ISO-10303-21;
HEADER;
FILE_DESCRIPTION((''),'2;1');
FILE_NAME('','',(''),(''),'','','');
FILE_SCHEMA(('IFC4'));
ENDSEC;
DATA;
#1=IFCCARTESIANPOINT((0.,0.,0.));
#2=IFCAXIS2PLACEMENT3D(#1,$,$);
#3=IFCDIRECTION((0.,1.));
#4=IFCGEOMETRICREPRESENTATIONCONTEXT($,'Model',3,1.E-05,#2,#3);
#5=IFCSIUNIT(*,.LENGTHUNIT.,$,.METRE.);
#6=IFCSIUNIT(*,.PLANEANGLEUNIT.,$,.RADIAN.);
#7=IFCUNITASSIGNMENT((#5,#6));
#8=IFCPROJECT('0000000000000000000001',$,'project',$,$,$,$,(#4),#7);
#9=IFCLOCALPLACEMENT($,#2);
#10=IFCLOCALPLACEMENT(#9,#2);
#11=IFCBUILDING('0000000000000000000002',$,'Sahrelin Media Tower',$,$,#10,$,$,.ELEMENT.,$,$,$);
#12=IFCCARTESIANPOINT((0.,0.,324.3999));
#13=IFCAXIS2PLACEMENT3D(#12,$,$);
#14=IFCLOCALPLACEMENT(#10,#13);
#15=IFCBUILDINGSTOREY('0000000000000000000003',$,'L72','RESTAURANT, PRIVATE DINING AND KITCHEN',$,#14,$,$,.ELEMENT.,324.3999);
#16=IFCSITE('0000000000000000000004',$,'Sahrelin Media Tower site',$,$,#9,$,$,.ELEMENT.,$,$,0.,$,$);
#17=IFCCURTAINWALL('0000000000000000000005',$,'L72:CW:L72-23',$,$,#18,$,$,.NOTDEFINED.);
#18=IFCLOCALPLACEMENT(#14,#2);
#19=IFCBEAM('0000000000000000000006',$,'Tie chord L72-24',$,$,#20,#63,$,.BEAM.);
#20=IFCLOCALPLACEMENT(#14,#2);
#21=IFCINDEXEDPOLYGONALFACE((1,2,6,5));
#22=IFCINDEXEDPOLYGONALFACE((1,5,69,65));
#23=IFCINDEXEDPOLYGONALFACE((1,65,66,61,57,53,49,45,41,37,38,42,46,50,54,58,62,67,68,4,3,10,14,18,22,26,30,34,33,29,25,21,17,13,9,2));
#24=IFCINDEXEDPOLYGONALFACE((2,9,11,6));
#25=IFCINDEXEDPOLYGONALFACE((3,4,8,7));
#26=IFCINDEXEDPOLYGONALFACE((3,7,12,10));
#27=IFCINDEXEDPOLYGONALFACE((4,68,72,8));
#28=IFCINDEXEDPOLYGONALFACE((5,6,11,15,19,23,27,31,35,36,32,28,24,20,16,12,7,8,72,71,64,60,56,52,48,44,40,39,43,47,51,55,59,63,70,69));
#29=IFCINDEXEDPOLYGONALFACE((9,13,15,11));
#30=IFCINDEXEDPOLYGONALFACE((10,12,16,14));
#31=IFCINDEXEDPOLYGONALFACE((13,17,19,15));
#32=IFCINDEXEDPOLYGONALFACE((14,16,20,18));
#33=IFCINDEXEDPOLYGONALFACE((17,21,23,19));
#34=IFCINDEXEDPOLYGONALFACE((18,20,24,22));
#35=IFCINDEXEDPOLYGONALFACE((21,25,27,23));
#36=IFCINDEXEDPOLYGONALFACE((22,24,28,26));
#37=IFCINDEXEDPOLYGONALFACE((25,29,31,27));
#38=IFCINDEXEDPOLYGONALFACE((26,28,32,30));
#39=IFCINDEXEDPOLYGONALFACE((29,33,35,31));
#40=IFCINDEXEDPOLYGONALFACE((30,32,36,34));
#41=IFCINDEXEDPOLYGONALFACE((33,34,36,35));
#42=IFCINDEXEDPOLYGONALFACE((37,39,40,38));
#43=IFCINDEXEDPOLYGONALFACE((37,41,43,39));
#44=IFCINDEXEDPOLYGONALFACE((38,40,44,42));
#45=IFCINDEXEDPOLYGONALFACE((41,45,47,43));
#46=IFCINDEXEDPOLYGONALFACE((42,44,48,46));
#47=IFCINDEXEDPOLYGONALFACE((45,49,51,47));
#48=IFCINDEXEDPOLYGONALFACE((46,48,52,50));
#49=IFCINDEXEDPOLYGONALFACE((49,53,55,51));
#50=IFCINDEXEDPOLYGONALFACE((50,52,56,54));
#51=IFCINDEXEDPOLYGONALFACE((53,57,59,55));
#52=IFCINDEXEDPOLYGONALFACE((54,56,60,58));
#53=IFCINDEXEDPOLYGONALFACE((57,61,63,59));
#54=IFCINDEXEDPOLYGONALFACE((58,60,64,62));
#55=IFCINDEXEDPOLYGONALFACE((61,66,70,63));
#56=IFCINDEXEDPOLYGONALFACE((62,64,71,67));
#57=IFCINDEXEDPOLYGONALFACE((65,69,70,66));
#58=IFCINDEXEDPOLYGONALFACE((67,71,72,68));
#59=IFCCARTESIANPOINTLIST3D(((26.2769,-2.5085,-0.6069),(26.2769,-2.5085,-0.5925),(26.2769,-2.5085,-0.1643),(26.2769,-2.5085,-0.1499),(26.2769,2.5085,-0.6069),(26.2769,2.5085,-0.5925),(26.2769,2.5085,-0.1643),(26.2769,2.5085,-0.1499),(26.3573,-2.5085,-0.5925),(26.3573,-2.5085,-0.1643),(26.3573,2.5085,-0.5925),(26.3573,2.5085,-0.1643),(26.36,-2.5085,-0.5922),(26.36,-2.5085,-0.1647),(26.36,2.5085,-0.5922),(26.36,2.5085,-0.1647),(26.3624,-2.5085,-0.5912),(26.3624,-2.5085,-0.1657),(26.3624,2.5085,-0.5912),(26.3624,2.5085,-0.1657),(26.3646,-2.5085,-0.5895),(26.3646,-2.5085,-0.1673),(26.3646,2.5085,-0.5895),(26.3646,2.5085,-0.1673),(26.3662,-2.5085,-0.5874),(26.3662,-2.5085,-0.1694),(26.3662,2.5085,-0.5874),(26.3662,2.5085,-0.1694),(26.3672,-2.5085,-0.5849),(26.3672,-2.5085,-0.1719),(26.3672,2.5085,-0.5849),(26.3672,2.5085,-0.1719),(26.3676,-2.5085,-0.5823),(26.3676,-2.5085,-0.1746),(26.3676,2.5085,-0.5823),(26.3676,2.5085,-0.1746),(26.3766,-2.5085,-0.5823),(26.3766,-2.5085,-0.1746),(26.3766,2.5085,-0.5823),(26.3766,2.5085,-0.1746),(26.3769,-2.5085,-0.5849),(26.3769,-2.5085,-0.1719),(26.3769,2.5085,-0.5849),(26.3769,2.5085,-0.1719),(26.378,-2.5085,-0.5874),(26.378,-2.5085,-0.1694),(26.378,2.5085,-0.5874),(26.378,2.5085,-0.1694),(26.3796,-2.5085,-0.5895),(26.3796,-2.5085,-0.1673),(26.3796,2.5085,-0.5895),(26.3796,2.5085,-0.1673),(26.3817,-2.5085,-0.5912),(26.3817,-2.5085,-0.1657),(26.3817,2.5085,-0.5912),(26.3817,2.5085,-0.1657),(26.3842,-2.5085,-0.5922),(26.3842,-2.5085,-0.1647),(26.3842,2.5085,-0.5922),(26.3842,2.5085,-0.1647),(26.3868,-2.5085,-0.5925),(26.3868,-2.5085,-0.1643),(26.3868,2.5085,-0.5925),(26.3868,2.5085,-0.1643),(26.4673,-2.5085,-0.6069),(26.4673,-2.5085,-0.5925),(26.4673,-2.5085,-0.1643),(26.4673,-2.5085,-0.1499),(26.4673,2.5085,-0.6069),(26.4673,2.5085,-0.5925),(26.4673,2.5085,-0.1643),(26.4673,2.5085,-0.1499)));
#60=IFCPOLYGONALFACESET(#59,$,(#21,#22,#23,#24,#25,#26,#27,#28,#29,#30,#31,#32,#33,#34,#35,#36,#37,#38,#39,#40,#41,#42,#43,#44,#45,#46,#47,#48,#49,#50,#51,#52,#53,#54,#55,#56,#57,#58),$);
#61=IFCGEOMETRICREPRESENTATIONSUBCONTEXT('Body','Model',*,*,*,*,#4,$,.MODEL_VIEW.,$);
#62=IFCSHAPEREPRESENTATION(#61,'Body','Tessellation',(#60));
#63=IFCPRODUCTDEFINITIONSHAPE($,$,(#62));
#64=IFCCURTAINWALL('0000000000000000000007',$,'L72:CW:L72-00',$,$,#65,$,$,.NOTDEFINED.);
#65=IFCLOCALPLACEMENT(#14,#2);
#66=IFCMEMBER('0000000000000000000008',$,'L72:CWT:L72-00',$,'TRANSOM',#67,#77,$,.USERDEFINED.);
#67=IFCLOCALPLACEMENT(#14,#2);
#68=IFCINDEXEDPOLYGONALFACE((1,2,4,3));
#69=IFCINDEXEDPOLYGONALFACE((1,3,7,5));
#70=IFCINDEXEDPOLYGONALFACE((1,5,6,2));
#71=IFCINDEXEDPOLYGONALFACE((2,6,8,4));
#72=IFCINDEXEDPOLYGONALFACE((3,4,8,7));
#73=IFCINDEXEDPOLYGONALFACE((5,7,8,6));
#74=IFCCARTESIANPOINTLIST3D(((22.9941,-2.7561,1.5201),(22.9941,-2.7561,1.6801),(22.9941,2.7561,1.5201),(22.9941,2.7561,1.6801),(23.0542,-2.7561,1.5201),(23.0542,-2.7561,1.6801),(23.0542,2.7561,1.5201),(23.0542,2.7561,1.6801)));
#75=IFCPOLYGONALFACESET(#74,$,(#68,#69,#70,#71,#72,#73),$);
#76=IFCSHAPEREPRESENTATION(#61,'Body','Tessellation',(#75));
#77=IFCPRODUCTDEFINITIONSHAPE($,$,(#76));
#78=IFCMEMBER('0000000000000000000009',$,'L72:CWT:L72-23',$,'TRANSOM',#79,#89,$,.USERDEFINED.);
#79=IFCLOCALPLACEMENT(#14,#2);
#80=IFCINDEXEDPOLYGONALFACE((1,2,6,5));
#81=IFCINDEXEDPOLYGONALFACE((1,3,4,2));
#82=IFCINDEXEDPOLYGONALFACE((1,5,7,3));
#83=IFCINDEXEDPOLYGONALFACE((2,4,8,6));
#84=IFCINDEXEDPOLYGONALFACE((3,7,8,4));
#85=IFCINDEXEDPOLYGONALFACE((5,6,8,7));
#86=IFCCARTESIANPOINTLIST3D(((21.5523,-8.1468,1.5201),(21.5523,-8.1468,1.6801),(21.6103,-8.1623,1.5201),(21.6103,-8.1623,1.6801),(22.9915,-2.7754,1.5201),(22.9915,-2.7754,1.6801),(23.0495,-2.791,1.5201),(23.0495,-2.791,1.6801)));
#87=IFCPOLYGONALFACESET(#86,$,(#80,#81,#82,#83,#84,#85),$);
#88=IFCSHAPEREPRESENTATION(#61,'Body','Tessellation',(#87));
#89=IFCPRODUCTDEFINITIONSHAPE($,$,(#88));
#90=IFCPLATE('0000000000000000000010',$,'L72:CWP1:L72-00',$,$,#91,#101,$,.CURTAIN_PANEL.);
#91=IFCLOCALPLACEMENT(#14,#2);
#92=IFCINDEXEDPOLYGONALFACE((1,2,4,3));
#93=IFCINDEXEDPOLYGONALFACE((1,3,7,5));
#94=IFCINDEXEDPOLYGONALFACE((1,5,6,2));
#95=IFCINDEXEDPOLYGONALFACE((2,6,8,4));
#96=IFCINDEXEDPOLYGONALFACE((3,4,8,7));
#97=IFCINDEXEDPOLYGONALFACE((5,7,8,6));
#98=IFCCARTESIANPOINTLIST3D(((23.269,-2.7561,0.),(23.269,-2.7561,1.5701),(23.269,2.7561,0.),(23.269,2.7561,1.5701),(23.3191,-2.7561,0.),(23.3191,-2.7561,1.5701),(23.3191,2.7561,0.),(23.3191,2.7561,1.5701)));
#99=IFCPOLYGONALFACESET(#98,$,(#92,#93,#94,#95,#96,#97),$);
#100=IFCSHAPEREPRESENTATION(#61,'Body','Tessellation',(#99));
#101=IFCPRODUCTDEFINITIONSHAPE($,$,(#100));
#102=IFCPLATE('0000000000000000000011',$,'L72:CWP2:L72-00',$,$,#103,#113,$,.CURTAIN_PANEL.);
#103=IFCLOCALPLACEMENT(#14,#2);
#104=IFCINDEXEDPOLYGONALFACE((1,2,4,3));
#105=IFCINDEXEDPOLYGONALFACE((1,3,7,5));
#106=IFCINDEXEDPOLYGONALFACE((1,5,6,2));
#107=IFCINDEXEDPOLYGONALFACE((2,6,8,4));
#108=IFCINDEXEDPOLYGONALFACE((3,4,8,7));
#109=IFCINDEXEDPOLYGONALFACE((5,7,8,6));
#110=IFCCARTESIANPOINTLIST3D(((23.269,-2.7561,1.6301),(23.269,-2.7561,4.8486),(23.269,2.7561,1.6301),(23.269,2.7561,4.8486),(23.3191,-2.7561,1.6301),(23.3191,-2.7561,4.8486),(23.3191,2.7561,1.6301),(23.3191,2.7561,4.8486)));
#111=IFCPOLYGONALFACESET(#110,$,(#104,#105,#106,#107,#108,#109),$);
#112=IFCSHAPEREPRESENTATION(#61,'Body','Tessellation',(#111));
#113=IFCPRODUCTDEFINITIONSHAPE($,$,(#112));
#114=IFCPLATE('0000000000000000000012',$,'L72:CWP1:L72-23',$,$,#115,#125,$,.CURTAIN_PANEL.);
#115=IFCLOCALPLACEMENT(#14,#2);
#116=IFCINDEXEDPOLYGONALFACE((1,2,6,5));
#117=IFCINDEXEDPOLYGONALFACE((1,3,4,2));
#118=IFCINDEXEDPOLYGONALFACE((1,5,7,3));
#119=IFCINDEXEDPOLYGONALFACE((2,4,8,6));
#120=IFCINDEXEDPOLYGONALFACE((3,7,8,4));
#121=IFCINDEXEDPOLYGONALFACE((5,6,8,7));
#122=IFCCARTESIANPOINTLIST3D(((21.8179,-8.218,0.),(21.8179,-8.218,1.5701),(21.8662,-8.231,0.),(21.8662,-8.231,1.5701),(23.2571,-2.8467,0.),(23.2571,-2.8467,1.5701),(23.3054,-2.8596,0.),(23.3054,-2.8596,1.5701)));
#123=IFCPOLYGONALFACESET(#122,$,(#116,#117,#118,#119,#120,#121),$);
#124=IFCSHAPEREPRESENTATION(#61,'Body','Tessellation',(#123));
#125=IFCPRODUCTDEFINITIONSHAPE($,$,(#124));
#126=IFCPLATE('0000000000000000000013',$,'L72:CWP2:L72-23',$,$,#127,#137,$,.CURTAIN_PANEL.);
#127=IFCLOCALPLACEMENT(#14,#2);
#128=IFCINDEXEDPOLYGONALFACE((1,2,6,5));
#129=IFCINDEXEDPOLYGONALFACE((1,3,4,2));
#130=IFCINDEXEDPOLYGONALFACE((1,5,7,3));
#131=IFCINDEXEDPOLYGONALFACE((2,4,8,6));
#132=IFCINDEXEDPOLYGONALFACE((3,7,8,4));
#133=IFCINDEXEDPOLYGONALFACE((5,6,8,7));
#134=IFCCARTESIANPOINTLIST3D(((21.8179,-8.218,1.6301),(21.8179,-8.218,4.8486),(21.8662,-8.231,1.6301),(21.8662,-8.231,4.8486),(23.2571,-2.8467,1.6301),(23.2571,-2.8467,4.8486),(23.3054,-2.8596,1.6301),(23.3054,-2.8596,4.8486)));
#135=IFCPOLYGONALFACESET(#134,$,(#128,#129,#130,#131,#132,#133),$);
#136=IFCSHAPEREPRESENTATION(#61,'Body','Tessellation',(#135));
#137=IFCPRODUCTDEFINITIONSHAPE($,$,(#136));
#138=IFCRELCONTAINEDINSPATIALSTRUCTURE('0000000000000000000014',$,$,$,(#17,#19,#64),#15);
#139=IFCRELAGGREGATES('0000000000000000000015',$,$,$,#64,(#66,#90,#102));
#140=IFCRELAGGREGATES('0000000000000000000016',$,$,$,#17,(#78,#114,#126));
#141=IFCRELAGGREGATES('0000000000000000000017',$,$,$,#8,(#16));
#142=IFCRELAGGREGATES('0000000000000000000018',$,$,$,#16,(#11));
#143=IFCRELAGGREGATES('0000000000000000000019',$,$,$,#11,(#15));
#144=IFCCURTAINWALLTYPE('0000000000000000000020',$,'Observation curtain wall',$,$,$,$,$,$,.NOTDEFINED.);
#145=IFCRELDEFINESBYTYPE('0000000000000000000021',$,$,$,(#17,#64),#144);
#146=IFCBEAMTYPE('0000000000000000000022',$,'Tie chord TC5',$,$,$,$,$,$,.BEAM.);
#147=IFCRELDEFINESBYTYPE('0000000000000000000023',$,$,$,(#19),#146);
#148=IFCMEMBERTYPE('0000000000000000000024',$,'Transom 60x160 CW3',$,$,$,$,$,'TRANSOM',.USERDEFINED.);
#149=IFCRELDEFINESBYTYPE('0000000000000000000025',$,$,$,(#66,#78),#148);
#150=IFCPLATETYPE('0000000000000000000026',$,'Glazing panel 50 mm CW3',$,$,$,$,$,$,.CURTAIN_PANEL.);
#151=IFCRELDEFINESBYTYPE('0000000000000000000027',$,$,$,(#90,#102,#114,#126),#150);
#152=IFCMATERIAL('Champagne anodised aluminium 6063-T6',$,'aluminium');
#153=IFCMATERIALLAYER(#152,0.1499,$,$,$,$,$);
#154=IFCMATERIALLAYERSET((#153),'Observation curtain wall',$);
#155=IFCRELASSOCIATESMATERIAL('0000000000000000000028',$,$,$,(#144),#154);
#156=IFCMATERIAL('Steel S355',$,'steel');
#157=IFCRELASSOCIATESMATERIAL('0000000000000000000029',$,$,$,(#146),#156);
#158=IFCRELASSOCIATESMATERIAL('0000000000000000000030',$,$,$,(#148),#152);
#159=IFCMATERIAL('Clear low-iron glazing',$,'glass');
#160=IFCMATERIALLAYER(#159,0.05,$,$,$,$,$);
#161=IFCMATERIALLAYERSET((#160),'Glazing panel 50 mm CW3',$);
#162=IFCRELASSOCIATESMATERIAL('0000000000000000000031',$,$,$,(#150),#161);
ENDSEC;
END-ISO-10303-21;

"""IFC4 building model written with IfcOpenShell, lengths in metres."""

from ifc_helpers import new_model, si_unit, direction, frame, origin, origin_2d, place, context, subcontext, project, spatial, polyline, rectangle, i_section, outline, extrude, material, layer, layer_set, material_profile, profile_set, type_object, element, aggregate, save


model = new_model("IFC4")

# Units and contexts
model_context = context("Model", 3, precision=1e-05, world=origin(), true_north=direction((0.0, 1.0)))
body_context = subcontext(model_context, "Body", "Model", "MODEL_VIEW")
ifc_project = project(units=[si_unit("LENGTHUNIT", "METRE"), si_unit("PLANEANGLEUNIT", "RADIAN")], contexts=[model_context])

# Site, building, storey
site_placement = place(None, origin())
site = spatial("IfcSite", under=ifc_project, at=site_placement, Name="Sahrelin Media Tower site", CompositionType="ELEMENT", RefElevation=0.0)
building_placement = place(site_placement, origin())
building = spatial("IfcBuilding", under=site, at=building_placement, Name="Sahrelin Media Tower", CompositionType="ELEMENT")
storey_placement = place(building_placement, frame((0.0, 0.0, 324.3999)))
storey = spatial("IfcBuildingStorey", under=building, at=storey_placement, Name="L72", Description="RESTAURANT, PRIVATE DINING AND KITCHEN", CompositionType="ELEMENT", Elevation=324.3999)

# Shared definitions
ifc_material_1 = material(Name="Steel S355", Category="steel")

# Curtain wall
ifc_material_2 = material(Name="Champagne anodised aluminium 6063-T6", Category="aluminium")
ifc_layer_1 = layer(ifc_material_2, 0.1499)
ifc_layer_set_1 = layer_set([ifc_layer_1], Name="Observation curtain wall")
curtain_wall_type = type_object("IfcCurtainWallType", Name="Observation curtain wall", PredefinedType="NOTDEFINED", material=ifc_layer_set_1)
curtain_wall_1_placement = place(storey_placement, frame((22.5664, -5.5403, 0.0), z_axis=(0.0, 0.0, 1.0), x_axis=(1.0, 0.0, 0.0)))
curtain_wall_1 = element("IfcCurtainWall", 1, at=curtain_wall_1_placement, inside=storey, type_object=curtain_wall_type, Name="L72:CW:L72-23", PredefinedType="NOTDEFINED")

# Beam
ifc_material_profile_1 = material_profile(ifc_material_1, i_section(OverallWidth=0.1904, OverallDepth=0.457, WebThickness=0.009, FlangeThickness=0.0144, FilletRadius=0.0103, at=origin_2d()), Name="UB 457x191x74")
ifc_profile_set_1 = profile_set([ifc_material_profile_1], Name="Steel S355")
beam_type_1 = type_object("IfcBeamType", Name="Tie chord TC5", PredefinedType="BEAM", material=ifc_profile_set_1)
beam_1_placement = place(storey_placement, frame((26.3721, -2.5085, -0.3784), z_axis=(0.0, 1.0, 0.0), x_axis=(-1.0, 0.0, 0.0)))
element("IfcBeam", 2, at=beam_1_placement, inside=storey, type_object=beam_type_1, Name="Tie chord L72-24", PredefinedType="BEAM", context=body_context, shape_type="SweptSolid", body=[
    extrude(i_section(OverallWidth=0.1904, OverallDepth=0.457, WebThickness=0.009, FlangeThickness=0.0144, FilletRadius=0.0103, at=origin_2d()), origin(), (0.0, 0.0, 1.0), 5.0171),
])

# Curtain wall, member
curtain_wall_2_placement = place(storey_placement, frame((23.2991, 0.0, 0.0), z_axis=(0.0, 0.0, 1.0), x_axis=(1.0, 0.0, 0.0)))
curtain_wall_2 = element("IfcCurtainWall", 3, at=curtain_wall_2_placement, inside=storey, type_object=curtain_wall_type, Name="L72:CW:L72-00", PredefinedType="NOTDEFINED")
ifc_material_profile_2 = material_profile(ifc_material_2, rectangle(XDim=0.0601, YDim=0.1599, at=origin_2d()), Name="Transom 60x160")
ifc_profile_set_2 = profile_set([ifc_material_profile_2], Name="Champagne anodised aluminium 6063-T6")
member_type_1 = type_object("IfcMemberType", Name="Transom 60x160 CW3", ElementType="TRANSOM", PredefinedType="USERDEFINED", material=ifc_profile_set_2)
member_1_placement = place(storey_placement, frame((23.0242, -2.7561, 1.6001), z_axis=(0.0, 1.0, 0.0), x_axis=(-1.0, 0.0, 0.0)))
member_1 = element("IfcMember", 4, at=member_1_placement, type_object=member_type_1, Name="L72:CWT:L72-00", ObjectType="TRANSOM", PredefinedType="USERDEFINED", context=body_context, shape_type="SweptSolid", body=[
    extrude(rectangle(XDim=0.0601, YDim=0.1599, at=origin_2d()), origin(), (0.0, 0.0, 1.0), 5.5122),
])

# Member
member_2_placement = place(storey_placement, frame((21.5813, -8.1545, 1.6001), z_axis=(0.258813, 0.965927, 0.0), x_axis=(-0.965927, 0.258813, 0.0)))
member_2 = element("IfcMember", 5, at=member_2_placement, type_object=member_type_1, Name="L72:CWT:L72-23", ObjectType="TRANSOM", PredefinedType="USERDEFINED", context=body_context, shape_type="SweptSolid", body=[
    extrude(rectangle(XDim=0.0601, YDim=0.1599, at=origin_2d()), origin(), (0.0, 0.0, 1.0), 5.5608),
])

# Plates
ifc_material_3 = material(Name="Clear low-iron glazing", Category="glass")
ifc_layer_2 = layer(ifc_material_3, 0.05)
ifc_layer_set_2 = layer_set([ifc_layer_2], Name="Glazing panel 50 mm CW3")
plate_type = type_object("IfcPlateType", Name="Glazing panel 50 mm CW3", PredefinedType="CURTAIN_PANEL", material=ifc_layer_set_2)
plate_1_placement = place(storey_placement, frame((23.3191, -2.7561, 0.0), z_axis=(1.0, 0.0, 0.0), x_axis=(0.0, 1.0, 0.0)))
plate_1 = element("IfcPlate", 6, at=plate_1_placement, type_object=plate_type, Name="L72:CWP1:L72-00", PredefinedType="CURTAIN_PANEL", context=body_context, shape_type="SweptSolid", body=[
    extrude(outline(polyline([(0.0, 0.0), (5.5122, 0.0), (5.5122, 1.5701), (0.0, 1.5701), (0.0, 0.0)])), origin(), (0.0, 0.0, -1.0), 0.05),
])
plate_2_placement = place(storey_placement, frame((23.3191, -2.7561, 1.6301), z_axis=(1.0, 0.0, 0.0), x_axis=(0.0, 1.0, 0.0)))
plate_2 = element("IfcPlate", 7, at=plate_2_placement, type_object=plate_type, Name="L72:CWP2:L72-00", PredefinedType="CURTAIN_PANEL", context=body_context, shape_type="SweptSolid", body=[
    extrude(outline(polyline([(0.0, 0.0), (5.5122, 0.0), (5.5122, 3.2185), (0.0, 3.2185), (0.0, 0.0)])), origin(), (0.0, 0.0, -1.0), 0.05),
])
aggregate(curtain_wall_2, [member_1, plate_1, plate_2])
plate_3_placement = place(storey_placement, frame((21.8662, -8.231, 0.0), z_axis=(0.965927, -0.258813, 0.0), x_axis=(0.258813, 0.965927, 0.0)))
plate_3 = element("IfcPlate", 8, at=plate_3_placement, type_object=plate_type, Name="L72:CWP1:L72-23", PredefinedType="CURTAIN_PANEL", context=body_context, shape_type="SweptSolid", body=[
    extrude(outline(polyline([(0.0, 0.0), (5.5608, 0.0), (5.5608, 1.5701), (0.0, 1.5701), (0.0, 0.0)])), origin(), (0.0, 0.0, -1.0), 0.05),
])
plate_4_placement = place(storey_placement, frame((21.8662, -8.231, 1.6301), z_axis=(0.965927, -0.258813, 0.0), x_axis=(0.258813, 0.965927, 0.0)))
plate_4 = element("IfcPlate", 9, at=plate_4_placement, type_object=plate_type, Name="L72:CWP2:L72-23", PredefinedType="CURTAIN_PANEL", context=body_context, shape_type="SweptSolid", body=[
    extrude(outline(polyline([(0.0, 0.0), (5.5608, 0.0), (5.5608, 3.2185), (0.0, 3.2185), (0.0, 0.0)])), origin(), (0.0, 0.0, -1.0), 0.05),
])
aggregate(curtain_wall_1, [member_2, plate_3, plate_4])

save(model, "model.ifc")
